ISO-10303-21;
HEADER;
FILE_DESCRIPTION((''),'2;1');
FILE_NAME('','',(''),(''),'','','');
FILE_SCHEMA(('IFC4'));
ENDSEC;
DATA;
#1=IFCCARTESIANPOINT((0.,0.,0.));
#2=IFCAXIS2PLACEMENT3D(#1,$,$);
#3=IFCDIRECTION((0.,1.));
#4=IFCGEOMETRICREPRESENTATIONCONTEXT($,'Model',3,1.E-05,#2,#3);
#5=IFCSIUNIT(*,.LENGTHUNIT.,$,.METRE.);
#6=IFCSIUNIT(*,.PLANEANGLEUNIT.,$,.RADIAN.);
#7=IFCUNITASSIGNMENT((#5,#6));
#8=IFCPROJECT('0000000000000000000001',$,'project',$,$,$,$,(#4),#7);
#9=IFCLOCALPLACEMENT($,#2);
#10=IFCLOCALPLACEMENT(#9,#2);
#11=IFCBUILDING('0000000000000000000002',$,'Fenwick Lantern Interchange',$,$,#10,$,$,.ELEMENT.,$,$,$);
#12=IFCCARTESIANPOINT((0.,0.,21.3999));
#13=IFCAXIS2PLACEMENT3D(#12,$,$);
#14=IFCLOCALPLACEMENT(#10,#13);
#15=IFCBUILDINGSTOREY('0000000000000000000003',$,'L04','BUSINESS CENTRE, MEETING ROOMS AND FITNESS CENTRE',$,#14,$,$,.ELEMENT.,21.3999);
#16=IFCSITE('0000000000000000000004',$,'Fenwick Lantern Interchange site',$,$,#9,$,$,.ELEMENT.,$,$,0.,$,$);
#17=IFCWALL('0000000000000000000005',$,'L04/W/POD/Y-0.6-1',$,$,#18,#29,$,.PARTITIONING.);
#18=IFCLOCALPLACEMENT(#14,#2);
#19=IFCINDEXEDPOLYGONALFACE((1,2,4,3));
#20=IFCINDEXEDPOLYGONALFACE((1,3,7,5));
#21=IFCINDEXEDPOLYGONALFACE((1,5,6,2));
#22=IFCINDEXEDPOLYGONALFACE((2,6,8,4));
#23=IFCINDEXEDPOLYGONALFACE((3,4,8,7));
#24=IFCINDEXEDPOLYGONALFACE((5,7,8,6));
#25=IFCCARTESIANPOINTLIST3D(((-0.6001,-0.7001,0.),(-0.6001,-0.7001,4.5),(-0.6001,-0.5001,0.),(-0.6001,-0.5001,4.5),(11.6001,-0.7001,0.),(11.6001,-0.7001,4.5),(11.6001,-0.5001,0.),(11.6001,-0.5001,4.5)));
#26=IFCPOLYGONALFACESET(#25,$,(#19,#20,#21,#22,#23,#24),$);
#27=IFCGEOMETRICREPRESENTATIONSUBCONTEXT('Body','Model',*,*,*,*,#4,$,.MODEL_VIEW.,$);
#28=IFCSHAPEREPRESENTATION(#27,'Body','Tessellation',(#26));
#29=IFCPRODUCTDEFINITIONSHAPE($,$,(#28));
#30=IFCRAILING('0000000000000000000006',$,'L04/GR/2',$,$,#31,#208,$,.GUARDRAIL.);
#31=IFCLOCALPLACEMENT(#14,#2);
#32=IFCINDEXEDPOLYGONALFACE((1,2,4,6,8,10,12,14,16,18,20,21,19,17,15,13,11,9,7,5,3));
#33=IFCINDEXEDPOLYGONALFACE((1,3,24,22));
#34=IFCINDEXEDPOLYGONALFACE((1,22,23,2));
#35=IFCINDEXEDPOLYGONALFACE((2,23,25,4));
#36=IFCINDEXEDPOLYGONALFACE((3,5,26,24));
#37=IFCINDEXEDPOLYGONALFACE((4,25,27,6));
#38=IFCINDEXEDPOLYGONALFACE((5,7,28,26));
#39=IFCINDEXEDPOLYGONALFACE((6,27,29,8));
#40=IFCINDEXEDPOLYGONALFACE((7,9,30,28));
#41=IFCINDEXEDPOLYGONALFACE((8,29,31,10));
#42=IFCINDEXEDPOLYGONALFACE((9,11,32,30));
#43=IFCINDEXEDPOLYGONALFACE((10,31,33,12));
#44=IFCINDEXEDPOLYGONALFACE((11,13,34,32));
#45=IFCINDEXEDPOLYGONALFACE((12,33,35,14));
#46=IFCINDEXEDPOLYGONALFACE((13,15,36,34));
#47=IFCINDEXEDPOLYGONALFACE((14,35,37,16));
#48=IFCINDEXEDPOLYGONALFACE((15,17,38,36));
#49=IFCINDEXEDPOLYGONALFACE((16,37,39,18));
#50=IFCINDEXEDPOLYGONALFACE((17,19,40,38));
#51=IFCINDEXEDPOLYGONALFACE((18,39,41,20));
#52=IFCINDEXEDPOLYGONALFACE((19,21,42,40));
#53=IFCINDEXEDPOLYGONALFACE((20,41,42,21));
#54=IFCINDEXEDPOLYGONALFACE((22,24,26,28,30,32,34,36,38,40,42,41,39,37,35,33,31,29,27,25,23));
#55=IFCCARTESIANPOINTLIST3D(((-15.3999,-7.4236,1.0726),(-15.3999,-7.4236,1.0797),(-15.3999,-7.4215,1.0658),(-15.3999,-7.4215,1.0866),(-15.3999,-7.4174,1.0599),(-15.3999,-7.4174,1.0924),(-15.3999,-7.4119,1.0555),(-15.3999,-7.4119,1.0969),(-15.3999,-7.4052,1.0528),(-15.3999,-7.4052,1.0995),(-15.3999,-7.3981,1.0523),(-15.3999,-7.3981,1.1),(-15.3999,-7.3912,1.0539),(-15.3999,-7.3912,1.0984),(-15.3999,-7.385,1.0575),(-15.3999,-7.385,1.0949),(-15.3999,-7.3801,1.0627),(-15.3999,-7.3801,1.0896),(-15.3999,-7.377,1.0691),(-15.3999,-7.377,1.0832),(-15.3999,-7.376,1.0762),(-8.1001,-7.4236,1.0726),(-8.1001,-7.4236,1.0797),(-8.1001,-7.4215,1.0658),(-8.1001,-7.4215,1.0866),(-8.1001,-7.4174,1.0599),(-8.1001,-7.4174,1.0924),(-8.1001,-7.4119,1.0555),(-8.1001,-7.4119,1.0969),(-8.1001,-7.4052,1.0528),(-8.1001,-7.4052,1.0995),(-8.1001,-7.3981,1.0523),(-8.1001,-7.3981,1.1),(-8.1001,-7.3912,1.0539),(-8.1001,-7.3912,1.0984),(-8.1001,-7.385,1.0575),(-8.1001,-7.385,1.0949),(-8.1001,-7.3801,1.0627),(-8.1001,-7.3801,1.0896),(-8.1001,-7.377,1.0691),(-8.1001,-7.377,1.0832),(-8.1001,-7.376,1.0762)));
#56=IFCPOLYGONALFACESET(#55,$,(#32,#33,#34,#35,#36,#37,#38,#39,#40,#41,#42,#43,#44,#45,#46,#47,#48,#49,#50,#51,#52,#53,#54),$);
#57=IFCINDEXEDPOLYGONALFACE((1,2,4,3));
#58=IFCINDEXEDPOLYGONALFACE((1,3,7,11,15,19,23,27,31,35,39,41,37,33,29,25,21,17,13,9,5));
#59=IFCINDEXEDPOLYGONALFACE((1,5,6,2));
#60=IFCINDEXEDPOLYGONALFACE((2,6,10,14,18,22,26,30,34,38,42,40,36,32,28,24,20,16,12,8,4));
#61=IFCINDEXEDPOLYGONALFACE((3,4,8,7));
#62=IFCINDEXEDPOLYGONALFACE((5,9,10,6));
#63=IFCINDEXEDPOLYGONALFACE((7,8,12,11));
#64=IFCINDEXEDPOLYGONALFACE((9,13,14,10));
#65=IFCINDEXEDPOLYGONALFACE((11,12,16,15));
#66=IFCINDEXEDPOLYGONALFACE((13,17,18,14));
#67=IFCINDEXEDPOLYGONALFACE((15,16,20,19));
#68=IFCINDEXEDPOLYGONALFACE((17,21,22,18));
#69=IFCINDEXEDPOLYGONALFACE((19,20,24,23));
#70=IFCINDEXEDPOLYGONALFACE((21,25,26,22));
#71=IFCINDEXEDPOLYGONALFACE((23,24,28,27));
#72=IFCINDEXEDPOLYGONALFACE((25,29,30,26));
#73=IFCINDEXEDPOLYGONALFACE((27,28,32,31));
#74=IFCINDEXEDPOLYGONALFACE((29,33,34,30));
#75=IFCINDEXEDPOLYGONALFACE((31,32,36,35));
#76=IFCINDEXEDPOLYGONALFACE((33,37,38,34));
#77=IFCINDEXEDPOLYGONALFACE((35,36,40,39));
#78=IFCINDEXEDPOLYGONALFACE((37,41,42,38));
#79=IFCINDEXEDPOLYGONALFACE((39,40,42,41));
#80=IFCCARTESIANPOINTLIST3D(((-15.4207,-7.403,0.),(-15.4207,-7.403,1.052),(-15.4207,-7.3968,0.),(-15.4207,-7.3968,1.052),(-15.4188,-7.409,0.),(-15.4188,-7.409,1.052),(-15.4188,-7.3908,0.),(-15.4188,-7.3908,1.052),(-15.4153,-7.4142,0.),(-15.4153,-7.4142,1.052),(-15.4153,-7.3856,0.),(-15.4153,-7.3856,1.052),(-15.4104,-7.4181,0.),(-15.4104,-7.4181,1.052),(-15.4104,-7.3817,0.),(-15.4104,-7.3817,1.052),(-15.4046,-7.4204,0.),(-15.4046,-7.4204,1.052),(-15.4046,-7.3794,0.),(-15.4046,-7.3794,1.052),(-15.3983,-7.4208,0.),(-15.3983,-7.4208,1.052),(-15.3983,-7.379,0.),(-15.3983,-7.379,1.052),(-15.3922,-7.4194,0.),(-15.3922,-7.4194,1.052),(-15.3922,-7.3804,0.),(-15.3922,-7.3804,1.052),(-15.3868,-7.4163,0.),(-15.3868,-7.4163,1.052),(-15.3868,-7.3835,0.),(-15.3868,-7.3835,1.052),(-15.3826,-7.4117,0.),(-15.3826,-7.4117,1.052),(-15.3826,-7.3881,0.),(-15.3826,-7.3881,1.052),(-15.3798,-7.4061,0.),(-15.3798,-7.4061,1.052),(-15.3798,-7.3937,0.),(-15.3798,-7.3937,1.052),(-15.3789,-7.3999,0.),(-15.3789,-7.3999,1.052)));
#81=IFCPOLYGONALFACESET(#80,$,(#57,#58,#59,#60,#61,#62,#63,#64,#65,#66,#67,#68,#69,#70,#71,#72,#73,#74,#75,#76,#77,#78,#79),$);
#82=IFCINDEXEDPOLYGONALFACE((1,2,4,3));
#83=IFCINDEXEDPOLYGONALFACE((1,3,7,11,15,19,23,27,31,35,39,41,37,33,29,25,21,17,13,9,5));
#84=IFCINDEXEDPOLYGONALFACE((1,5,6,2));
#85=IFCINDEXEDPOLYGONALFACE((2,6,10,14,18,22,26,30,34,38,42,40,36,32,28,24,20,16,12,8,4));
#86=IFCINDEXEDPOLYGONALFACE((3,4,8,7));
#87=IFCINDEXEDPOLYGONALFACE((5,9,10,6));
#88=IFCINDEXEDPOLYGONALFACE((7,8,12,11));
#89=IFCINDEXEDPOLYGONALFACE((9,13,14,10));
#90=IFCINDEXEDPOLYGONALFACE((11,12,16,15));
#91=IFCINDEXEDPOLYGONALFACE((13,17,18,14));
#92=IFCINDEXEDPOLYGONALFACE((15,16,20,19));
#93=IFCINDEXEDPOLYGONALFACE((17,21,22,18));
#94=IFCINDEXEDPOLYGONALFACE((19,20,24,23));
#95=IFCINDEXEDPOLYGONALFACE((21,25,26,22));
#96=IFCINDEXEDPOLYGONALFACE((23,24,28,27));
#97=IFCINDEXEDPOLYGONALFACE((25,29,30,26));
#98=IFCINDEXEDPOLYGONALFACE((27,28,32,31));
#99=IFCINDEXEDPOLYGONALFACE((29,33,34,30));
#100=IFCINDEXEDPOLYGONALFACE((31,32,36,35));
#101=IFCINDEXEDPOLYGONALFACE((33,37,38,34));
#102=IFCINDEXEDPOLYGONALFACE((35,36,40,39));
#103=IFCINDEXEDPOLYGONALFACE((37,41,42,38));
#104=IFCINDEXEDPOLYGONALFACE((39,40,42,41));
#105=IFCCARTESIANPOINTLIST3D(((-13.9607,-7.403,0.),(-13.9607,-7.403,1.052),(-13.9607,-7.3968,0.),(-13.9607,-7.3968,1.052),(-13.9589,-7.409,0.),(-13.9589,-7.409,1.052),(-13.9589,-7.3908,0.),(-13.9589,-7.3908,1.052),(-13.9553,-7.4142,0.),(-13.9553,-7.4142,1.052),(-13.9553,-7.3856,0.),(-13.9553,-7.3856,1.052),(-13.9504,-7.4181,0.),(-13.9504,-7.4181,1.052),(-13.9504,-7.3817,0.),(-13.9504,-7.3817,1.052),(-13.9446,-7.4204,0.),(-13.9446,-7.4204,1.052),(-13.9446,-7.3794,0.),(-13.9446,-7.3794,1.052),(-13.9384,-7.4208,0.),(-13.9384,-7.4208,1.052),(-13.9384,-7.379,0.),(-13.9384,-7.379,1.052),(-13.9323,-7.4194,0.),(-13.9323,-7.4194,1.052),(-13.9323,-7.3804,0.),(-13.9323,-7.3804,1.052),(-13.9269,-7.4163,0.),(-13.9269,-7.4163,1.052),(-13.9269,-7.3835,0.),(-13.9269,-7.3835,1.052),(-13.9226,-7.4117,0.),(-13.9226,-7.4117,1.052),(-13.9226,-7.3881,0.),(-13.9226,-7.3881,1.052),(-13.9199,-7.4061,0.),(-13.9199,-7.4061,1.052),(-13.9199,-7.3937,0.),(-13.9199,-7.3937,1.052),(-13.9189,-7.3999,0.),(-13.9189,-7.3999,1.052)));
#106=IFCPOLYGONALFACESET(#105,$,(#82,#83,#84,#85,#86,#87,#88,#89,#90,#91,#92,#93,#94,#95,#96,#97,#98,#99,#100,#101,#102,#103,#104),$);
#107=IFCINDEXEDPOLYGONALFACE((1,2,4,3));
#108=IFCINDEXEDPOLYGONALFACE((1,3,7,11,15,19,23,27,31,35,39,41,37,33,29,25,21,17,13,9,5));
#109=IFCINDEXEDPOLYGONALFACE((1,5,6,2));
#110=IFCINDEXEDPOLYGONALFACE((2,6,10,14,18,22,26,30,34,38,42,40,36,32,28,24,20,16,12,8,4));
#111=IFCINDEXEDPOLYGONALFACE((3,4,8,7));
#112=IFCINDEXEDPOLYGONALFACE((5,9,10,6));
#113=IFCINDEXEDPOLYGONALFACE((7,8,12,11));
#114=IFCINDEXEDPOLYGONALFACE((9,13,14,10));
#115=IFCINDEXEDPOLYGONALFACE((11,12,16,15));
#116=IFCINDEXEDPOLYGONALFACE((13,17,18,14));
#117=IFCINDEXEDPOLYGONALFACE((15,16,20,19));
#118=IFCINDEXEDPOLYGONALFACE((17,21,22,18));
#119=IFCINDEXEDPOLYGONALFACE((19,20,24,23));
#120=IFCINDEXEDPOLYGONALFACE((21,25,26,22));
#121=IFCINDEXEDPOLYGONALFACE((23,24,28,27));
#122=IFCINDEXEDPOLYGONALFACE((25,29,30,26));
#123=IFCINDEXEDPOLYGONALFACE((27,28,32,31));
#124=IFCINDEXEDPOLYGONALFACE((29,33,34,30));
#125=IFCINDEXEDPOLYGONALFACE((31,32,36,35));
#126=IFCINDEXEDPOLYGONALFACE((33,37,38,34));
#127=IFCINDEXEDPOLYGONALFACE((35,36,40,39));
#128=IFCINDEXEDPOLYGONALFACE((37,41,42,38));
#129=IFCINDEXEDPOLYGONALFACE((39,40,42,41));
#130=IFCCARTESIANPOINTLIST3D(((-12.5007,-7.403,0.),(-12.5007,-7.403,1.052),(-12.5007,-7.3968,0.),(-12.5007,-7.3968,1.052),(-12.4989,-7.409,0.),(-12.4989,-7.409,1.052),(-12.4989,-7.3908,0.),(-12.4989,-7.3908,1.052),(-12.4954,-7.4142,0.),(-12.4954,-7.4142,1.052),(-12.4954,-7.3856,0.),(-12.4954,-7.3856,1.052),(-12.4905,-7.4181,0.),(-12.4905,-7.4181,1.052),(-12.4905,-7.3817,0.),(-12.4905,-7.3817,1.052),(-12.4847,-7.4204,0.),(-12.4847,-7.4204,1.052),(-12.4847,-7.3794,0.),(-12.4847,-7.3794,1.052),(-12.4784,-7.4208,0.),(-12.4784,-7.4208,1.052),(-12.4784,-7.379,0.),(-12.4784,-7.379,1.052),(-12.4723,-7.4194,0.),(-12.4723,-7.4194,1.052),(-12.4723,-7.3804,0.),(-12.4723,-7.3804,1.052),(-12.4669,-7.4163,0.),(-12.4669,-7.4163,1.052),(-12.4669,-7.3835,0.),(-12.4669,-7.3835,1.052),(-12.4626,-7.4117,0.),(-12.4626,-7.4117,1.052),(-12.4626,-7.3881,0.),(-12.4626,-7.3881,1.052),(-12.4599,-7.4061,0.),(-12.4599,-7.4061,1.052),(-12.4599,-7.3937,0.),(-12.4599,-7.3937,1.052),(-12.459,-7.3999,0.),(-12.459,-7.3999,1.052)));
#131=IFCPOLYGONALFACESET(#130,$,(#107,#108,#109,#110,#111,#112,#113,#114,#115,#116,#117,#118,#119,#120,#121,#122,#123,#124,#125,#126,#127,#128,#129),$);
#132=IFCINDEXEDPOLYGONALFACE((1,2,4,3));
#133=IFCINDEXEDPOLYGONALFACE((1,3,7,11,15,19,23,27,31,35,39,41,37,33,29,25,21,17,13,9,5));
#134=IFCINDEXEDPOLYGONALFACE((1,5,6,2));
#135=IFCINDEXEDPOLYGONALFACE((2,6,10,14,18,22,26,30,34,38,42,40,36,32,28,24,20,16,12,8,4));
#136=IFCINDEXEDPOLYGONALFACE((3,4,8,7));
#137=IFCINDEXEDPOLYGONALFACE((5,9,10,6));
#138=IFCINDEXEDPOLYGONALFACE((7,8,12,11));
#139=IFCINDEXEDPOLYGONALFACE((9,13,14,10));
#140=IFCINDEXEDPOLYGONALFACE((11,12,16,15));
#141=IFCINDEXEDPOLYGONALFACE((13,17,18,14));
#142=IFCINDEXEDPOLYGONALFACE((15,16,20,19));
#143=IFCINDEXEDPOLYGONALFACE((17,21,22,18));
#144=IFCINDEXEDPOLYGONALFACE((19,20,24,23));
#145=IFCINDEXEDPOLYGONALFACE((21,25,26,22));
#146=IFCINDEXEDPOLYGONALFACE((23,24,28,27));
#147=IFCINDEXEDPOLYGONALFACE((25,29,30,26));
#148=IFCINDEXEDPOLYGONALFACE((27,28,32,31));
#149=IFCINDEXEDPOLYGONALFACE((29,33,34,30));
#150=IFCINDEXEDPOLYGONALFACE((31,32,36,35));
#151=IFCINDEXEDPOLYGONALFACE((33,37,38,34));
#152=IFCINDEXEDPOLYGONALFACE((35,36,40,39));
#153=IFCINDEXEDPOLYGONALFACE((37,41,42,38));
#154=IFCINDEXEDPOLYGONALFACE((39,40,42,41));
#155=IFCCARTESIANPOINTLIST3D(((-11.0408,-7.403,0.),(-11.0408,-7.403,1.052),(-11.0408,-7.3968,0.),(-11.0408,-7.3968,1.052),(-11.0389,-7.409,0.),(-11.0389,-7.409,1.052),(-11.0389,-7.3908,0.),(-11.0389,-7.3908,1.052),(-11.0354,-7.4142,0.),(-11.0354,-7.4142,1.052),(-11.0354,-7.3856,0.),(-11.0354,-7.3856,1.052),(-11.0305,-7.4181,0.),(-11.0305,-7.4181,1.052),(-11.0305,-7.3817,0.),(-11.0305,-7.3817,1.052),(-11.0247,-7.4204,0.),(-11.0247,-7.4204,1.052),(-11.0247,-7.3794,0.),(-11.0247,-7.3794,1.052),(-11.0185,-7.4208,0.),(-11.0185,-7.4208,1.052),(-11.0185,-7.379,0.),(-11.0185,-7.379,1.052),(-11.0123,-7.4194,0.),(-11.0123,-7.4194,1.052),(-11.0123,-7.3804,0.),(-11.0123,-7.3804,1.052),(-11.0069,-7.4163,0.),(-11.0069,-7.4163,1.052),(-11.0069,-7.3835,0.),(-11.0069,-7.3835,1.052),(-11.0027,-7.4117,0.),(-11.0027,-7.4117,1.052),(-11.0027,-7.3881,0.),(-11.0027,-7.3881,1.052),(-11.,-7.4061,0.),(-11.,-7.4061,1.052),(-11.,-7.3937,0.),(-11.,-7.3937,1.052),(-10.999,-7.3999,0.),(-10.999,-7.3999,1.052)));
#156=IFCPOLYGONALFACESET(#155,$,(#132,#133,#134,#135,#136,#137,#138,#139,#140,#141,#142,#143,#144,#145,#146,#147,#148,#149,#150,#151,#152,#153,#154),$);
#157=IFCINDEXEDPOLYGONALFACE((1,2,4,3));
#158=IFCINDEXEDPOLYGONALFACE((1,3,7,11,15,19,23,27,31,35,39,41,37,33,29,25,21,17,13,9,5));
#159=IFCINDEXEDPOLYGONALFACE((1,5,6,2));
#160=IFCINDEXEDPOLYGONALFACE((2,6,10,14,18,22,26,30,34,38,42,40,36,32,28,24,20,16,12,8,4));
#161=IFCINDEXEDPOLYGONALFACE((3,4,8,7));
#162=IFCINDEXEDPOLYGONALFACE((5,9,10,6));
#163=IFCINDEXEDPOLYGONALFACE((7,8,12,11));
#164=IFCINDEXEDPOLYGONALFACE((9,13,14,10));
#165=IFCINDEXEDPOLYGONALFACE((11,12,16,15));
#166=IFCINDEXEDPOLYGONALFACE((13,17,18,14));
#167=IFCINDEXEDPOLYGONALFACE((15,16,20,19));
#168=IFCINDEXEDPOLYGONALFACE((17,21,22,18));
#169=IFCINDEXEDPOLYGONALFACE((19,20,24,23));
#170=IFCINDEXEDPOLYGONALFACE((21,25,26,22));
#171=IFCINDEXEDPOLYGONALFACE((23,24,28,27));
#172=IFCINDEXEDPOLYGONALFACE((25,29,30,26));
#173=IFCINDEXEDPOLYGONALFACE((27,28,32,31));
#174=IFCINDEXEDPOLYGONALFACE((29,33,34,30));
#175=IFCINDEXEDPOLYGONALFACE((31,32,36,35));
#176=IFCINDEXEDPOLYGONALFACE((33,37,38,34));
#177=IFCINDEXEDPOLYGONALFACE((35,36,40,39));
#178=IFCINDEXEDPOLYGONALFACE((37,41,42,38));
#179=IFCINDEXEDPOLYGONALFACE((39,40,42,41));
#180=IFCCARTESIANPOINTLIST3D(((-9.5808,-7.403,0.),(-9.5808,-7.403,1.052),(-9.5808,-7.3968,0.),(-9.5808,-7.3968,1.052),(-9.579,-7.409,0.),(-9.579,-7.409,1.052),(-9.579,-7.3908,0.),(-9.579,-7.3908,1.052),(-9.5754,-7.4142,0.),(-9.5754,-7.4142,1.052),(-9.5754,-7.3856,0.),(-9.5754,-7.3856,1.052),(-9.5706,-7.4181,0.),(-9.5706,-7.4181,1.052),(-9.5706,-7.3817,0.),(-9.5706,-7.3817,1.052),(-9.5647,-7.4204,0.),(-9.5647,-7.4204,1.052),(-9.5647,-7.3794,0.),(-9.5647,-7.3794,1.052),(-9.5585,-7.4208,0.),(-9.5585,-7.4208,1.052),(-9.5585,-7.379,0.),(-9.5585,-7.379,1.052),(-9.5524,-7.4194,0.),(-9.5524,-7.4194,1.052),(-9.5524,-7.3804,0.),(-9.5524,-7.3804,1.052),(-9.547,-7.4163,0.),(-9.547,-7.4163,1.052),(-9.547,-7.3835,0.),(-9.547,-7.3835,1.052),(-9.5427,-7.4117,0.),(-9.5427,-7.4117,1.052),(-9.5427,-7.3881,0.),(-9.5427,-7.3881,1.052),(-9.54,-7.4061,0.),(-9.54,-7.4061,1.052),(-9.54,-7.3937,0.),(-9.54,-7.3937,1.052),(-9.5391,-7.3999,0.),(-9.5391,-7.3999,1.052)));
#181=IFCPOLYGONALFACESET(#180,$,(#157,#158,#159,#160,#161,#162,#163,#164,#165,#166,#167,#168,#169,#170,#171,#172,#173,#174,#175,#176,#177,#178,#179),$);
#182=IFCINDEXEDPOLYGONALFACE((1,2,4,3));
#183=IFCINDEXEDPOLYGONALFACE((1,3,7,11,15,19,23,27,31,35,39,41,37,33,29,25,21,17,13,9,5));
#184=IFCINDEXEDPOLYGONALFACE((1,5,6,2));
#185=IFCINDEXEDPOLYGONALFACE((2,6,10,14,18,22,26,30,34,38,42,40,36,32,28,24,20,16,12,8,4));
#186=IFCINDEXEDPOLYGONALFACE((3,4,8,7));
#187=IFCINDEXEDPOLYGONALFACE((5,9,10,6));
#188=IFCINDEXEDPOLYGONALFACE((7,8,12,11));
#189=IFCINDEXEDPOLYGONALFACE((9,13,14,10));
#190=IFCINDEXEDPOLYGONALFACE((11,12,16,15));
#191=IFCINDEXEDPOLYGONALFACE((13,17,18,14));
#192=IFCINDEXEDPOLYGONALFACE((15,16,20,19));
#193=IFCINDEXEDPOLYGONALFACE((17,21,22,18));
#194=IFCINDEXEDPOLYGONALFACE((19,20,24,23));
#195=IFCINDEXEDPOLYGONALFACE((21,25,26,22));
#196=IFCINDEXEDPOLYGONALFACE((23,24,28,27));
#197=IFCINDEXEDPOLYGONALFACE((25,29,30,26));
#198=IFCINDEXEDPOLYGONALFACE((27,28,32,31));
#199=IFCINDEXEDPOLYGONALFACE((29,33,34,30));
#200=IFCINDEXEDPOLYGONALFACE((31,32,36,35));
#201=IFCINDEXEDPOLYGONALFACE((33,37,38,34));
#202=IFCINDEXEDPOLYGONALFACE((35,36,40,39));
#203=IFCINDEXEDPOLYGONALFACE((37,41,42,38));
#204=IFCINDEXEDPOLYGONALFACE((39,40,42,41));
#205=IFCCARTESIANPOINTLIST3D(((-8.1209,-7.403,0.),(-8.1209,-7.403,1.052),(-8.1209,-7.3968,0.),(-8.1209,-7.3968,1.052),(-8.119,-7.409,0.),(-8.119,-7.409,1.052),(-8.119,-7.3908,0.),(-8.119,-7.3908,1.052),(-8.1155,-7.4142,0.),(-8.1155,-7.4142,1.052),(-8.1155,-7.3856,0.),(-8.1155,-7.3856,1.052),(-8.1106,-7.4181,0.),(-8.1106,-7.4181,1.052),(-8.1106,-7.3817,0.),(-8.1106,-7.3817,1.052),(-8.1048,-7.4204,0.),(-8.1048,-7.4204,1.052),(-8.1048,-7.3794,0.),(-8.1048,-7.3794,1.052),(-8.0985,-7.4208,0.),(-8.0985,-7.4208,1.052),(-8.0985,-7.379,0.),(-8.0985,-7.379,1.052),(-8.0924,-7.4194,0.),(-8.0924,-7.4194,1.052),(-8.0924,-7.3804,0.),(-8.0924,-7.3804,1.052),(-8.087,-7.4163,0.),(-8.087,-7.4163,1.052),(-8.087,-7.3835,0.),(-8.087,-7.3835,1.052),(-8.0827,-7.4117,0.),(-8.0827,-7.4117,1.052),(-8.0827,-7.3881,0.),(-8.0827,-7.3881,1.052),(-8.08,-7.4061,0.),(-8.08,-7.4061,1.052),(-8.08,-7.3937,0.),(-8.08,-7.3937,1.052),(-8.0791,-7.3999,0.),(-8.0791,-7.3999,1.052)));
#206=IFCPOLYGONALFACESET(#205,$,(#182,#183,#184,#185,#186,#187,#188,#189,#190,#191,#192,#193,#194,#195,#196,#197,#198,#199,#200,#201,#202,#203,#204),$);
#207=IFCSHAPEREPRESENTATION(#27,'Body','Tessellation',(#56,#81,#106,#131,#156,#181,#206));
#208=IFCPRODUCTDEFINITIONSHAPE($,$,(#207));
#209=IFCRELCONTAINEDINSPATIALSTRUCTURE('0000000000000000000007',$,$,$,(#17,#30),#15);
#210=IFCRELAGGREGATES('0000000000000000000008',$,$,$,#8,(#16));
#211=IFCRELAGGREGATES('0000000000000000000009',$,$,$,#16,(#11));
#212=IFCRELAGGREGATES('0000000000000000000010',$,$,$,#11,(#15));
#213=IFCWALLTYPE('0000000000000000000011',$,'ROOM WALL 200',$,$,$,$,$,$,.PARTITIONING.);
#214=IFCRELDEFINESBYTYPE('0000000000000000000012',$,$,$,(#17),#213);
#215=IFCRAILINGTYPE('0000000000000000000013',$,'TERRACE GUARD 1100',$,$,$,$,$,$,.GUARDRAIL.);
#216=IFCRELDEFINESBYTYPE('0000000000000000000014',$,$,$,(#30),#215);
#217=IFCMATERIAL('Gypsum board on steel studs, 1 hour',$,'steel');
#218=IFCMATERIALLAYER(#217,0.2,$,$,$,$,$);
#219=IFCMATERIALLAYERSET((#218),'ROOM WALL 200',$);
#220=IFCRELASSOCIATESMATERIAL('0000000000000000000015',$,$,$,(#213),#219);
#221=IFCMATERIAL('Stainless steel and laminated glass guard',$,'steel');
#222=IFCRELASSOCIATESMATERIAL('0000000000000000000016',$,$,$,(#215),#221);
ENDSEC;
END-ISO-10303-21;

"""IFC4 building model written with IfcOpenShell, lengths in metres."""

from ifc_helpers import new_model, si_unit, direction, frame, frame_2d, origin, origin_2d, place, context, subcontext, project, spatial, rectangle, circle, extrude, material, layer, layer_set, type_object, element, save


model = new_model("IFC4")

# Units and contexts
model_context = context("Model", 3, precision=1e-05, world=origin(), true_north=direction((0.0, 1.0)))
body_context = subcontext(model_context, "Body", "Model", "MODEL_VIEW")
ifc_project = project(units=[si_unit("LENGTHUNIT", "METRE"), si_unit("PLANEANGLEUNIT", "RADIAN")], contexts=[model_context])

# Site, building, storey
site_placement = place(None, origin())
site = spatial("IfcSite", under=ifc_project, at=site_placement, Name="Fenwick Lantern Interchange site", CompositionType="ELEMENT", RefElevation=0.0)
building_placement = place(site_placement, origin())
building = spatial("IfcBuilding", under=site, at=building_placement, Name="Fenwick Lantern Interchange", CompositionType="ELEMENT")
storey_placement = place(building_placement, frame((0.0, 0.0, 21.3999)))
storey = spatial("IfcBuildingStorey", under=building, at=storey_placement, Name="L04", Description="BUSINESS CENTRE, MEETING ROOMS AND FITNESS CENTRE", CompositionType="ELEMENT", Elevation=21.3999)

# Wall
ifc_material_1 = material(Name="Gypsum board on steel studs, 1 hour", Category="steel")
ifc_layer_1 = layer(ifc_material_1, 0.2)
ifc_layer_set_1 = layer_set([ifc_layer_1], Name="ROOM WALL 200")
wall_type_1 = type_object("IfcWallType", Name="ROOM WALL 200", PredefinedType="PARTITIONING", material=ifc_layer_set_1)
wall_1_placement = place(storey_placement, frame((-0.6001, -0.6001, 0.0), z_axis=(0.0, 0.0, 1.0), x_axis=(1.0, 0.0, 0.0)))
element("IfcWall", 1, at=wall_1_placement, inside=storey, type_object=wall_type_1, Name="L04/W/POD/Y-0.6-1", PredefinedType="PARTITIONING", context=body_context, shape_type="SweptSolid", body=[
    extrude(rectangle(XDim=12.2002, YDim=0.2, at=frame_2d((6.1001, 0.0))), origin(), (0.0, 0.0, 1.0), 4.5),
])

# Railing
ifc_material_2 = material(Name="Stainless steel and laminated glass guard", Category="steel")
railing_type = type_object("IfcRailingType", Name="TERRACE GUARD 1100", PredefinedType="GUARDRAIL", material=ifc_material_2)
railing_placement = place(storey_placement, frame((-15.3999, -7.3999, 0.0)))
element("IfcRailing", 2, at=railing_placement, inside=storey, type_object=railing_type, Name="L04/GR/2", PredefinedType="GUARDRAIL", context=body_context, shape_type="SweptSolid", body=[
    extrude(circle(Radius=0.0239, at=origin_2d()), frame((0.0, 0.0, 1.0762), z_axis=(1.0, 0.0, 0.0), x_axis=(0.0, 1.0, 0.0)), (0.0, 0.0, 1.0), 7.2998),
    extrude(circle(Radius=0.021, at=origin_2d()), origin(), (0.0, 0.0, 1.0), 1.052),
    extrude(circle(Radius=0.021, at=origin_2d()), frame((1.46, 0.0, 0.0)), (0.0, 0.0, 1.0), 1.052),
    extrude(circle(Radius=0.021, at=origin_2d()), frame((2.9199, 0.0, 0.0)), (0.0, 0.0, 1.0), 1.052),
    extrude(circle(Radius=0.021, at=origin_2d()), frame((4.3799, 0.0, 0.0)), (0.0, 0.0, 1.0), 1.052),
    extrude(circle(Radius=0.021, at=origin_2d()), frame((5.8398, 0.0, 0.0)), (0.0, 0.0, 1.0), 1.052),
    extrude(circle(Radius=0.021, at=origin_2d()), frame((7.2998, 0.0, 0.0)), (0.0, 0.0, 1.0), 1.052),
])

save(model, "model.ifc")
